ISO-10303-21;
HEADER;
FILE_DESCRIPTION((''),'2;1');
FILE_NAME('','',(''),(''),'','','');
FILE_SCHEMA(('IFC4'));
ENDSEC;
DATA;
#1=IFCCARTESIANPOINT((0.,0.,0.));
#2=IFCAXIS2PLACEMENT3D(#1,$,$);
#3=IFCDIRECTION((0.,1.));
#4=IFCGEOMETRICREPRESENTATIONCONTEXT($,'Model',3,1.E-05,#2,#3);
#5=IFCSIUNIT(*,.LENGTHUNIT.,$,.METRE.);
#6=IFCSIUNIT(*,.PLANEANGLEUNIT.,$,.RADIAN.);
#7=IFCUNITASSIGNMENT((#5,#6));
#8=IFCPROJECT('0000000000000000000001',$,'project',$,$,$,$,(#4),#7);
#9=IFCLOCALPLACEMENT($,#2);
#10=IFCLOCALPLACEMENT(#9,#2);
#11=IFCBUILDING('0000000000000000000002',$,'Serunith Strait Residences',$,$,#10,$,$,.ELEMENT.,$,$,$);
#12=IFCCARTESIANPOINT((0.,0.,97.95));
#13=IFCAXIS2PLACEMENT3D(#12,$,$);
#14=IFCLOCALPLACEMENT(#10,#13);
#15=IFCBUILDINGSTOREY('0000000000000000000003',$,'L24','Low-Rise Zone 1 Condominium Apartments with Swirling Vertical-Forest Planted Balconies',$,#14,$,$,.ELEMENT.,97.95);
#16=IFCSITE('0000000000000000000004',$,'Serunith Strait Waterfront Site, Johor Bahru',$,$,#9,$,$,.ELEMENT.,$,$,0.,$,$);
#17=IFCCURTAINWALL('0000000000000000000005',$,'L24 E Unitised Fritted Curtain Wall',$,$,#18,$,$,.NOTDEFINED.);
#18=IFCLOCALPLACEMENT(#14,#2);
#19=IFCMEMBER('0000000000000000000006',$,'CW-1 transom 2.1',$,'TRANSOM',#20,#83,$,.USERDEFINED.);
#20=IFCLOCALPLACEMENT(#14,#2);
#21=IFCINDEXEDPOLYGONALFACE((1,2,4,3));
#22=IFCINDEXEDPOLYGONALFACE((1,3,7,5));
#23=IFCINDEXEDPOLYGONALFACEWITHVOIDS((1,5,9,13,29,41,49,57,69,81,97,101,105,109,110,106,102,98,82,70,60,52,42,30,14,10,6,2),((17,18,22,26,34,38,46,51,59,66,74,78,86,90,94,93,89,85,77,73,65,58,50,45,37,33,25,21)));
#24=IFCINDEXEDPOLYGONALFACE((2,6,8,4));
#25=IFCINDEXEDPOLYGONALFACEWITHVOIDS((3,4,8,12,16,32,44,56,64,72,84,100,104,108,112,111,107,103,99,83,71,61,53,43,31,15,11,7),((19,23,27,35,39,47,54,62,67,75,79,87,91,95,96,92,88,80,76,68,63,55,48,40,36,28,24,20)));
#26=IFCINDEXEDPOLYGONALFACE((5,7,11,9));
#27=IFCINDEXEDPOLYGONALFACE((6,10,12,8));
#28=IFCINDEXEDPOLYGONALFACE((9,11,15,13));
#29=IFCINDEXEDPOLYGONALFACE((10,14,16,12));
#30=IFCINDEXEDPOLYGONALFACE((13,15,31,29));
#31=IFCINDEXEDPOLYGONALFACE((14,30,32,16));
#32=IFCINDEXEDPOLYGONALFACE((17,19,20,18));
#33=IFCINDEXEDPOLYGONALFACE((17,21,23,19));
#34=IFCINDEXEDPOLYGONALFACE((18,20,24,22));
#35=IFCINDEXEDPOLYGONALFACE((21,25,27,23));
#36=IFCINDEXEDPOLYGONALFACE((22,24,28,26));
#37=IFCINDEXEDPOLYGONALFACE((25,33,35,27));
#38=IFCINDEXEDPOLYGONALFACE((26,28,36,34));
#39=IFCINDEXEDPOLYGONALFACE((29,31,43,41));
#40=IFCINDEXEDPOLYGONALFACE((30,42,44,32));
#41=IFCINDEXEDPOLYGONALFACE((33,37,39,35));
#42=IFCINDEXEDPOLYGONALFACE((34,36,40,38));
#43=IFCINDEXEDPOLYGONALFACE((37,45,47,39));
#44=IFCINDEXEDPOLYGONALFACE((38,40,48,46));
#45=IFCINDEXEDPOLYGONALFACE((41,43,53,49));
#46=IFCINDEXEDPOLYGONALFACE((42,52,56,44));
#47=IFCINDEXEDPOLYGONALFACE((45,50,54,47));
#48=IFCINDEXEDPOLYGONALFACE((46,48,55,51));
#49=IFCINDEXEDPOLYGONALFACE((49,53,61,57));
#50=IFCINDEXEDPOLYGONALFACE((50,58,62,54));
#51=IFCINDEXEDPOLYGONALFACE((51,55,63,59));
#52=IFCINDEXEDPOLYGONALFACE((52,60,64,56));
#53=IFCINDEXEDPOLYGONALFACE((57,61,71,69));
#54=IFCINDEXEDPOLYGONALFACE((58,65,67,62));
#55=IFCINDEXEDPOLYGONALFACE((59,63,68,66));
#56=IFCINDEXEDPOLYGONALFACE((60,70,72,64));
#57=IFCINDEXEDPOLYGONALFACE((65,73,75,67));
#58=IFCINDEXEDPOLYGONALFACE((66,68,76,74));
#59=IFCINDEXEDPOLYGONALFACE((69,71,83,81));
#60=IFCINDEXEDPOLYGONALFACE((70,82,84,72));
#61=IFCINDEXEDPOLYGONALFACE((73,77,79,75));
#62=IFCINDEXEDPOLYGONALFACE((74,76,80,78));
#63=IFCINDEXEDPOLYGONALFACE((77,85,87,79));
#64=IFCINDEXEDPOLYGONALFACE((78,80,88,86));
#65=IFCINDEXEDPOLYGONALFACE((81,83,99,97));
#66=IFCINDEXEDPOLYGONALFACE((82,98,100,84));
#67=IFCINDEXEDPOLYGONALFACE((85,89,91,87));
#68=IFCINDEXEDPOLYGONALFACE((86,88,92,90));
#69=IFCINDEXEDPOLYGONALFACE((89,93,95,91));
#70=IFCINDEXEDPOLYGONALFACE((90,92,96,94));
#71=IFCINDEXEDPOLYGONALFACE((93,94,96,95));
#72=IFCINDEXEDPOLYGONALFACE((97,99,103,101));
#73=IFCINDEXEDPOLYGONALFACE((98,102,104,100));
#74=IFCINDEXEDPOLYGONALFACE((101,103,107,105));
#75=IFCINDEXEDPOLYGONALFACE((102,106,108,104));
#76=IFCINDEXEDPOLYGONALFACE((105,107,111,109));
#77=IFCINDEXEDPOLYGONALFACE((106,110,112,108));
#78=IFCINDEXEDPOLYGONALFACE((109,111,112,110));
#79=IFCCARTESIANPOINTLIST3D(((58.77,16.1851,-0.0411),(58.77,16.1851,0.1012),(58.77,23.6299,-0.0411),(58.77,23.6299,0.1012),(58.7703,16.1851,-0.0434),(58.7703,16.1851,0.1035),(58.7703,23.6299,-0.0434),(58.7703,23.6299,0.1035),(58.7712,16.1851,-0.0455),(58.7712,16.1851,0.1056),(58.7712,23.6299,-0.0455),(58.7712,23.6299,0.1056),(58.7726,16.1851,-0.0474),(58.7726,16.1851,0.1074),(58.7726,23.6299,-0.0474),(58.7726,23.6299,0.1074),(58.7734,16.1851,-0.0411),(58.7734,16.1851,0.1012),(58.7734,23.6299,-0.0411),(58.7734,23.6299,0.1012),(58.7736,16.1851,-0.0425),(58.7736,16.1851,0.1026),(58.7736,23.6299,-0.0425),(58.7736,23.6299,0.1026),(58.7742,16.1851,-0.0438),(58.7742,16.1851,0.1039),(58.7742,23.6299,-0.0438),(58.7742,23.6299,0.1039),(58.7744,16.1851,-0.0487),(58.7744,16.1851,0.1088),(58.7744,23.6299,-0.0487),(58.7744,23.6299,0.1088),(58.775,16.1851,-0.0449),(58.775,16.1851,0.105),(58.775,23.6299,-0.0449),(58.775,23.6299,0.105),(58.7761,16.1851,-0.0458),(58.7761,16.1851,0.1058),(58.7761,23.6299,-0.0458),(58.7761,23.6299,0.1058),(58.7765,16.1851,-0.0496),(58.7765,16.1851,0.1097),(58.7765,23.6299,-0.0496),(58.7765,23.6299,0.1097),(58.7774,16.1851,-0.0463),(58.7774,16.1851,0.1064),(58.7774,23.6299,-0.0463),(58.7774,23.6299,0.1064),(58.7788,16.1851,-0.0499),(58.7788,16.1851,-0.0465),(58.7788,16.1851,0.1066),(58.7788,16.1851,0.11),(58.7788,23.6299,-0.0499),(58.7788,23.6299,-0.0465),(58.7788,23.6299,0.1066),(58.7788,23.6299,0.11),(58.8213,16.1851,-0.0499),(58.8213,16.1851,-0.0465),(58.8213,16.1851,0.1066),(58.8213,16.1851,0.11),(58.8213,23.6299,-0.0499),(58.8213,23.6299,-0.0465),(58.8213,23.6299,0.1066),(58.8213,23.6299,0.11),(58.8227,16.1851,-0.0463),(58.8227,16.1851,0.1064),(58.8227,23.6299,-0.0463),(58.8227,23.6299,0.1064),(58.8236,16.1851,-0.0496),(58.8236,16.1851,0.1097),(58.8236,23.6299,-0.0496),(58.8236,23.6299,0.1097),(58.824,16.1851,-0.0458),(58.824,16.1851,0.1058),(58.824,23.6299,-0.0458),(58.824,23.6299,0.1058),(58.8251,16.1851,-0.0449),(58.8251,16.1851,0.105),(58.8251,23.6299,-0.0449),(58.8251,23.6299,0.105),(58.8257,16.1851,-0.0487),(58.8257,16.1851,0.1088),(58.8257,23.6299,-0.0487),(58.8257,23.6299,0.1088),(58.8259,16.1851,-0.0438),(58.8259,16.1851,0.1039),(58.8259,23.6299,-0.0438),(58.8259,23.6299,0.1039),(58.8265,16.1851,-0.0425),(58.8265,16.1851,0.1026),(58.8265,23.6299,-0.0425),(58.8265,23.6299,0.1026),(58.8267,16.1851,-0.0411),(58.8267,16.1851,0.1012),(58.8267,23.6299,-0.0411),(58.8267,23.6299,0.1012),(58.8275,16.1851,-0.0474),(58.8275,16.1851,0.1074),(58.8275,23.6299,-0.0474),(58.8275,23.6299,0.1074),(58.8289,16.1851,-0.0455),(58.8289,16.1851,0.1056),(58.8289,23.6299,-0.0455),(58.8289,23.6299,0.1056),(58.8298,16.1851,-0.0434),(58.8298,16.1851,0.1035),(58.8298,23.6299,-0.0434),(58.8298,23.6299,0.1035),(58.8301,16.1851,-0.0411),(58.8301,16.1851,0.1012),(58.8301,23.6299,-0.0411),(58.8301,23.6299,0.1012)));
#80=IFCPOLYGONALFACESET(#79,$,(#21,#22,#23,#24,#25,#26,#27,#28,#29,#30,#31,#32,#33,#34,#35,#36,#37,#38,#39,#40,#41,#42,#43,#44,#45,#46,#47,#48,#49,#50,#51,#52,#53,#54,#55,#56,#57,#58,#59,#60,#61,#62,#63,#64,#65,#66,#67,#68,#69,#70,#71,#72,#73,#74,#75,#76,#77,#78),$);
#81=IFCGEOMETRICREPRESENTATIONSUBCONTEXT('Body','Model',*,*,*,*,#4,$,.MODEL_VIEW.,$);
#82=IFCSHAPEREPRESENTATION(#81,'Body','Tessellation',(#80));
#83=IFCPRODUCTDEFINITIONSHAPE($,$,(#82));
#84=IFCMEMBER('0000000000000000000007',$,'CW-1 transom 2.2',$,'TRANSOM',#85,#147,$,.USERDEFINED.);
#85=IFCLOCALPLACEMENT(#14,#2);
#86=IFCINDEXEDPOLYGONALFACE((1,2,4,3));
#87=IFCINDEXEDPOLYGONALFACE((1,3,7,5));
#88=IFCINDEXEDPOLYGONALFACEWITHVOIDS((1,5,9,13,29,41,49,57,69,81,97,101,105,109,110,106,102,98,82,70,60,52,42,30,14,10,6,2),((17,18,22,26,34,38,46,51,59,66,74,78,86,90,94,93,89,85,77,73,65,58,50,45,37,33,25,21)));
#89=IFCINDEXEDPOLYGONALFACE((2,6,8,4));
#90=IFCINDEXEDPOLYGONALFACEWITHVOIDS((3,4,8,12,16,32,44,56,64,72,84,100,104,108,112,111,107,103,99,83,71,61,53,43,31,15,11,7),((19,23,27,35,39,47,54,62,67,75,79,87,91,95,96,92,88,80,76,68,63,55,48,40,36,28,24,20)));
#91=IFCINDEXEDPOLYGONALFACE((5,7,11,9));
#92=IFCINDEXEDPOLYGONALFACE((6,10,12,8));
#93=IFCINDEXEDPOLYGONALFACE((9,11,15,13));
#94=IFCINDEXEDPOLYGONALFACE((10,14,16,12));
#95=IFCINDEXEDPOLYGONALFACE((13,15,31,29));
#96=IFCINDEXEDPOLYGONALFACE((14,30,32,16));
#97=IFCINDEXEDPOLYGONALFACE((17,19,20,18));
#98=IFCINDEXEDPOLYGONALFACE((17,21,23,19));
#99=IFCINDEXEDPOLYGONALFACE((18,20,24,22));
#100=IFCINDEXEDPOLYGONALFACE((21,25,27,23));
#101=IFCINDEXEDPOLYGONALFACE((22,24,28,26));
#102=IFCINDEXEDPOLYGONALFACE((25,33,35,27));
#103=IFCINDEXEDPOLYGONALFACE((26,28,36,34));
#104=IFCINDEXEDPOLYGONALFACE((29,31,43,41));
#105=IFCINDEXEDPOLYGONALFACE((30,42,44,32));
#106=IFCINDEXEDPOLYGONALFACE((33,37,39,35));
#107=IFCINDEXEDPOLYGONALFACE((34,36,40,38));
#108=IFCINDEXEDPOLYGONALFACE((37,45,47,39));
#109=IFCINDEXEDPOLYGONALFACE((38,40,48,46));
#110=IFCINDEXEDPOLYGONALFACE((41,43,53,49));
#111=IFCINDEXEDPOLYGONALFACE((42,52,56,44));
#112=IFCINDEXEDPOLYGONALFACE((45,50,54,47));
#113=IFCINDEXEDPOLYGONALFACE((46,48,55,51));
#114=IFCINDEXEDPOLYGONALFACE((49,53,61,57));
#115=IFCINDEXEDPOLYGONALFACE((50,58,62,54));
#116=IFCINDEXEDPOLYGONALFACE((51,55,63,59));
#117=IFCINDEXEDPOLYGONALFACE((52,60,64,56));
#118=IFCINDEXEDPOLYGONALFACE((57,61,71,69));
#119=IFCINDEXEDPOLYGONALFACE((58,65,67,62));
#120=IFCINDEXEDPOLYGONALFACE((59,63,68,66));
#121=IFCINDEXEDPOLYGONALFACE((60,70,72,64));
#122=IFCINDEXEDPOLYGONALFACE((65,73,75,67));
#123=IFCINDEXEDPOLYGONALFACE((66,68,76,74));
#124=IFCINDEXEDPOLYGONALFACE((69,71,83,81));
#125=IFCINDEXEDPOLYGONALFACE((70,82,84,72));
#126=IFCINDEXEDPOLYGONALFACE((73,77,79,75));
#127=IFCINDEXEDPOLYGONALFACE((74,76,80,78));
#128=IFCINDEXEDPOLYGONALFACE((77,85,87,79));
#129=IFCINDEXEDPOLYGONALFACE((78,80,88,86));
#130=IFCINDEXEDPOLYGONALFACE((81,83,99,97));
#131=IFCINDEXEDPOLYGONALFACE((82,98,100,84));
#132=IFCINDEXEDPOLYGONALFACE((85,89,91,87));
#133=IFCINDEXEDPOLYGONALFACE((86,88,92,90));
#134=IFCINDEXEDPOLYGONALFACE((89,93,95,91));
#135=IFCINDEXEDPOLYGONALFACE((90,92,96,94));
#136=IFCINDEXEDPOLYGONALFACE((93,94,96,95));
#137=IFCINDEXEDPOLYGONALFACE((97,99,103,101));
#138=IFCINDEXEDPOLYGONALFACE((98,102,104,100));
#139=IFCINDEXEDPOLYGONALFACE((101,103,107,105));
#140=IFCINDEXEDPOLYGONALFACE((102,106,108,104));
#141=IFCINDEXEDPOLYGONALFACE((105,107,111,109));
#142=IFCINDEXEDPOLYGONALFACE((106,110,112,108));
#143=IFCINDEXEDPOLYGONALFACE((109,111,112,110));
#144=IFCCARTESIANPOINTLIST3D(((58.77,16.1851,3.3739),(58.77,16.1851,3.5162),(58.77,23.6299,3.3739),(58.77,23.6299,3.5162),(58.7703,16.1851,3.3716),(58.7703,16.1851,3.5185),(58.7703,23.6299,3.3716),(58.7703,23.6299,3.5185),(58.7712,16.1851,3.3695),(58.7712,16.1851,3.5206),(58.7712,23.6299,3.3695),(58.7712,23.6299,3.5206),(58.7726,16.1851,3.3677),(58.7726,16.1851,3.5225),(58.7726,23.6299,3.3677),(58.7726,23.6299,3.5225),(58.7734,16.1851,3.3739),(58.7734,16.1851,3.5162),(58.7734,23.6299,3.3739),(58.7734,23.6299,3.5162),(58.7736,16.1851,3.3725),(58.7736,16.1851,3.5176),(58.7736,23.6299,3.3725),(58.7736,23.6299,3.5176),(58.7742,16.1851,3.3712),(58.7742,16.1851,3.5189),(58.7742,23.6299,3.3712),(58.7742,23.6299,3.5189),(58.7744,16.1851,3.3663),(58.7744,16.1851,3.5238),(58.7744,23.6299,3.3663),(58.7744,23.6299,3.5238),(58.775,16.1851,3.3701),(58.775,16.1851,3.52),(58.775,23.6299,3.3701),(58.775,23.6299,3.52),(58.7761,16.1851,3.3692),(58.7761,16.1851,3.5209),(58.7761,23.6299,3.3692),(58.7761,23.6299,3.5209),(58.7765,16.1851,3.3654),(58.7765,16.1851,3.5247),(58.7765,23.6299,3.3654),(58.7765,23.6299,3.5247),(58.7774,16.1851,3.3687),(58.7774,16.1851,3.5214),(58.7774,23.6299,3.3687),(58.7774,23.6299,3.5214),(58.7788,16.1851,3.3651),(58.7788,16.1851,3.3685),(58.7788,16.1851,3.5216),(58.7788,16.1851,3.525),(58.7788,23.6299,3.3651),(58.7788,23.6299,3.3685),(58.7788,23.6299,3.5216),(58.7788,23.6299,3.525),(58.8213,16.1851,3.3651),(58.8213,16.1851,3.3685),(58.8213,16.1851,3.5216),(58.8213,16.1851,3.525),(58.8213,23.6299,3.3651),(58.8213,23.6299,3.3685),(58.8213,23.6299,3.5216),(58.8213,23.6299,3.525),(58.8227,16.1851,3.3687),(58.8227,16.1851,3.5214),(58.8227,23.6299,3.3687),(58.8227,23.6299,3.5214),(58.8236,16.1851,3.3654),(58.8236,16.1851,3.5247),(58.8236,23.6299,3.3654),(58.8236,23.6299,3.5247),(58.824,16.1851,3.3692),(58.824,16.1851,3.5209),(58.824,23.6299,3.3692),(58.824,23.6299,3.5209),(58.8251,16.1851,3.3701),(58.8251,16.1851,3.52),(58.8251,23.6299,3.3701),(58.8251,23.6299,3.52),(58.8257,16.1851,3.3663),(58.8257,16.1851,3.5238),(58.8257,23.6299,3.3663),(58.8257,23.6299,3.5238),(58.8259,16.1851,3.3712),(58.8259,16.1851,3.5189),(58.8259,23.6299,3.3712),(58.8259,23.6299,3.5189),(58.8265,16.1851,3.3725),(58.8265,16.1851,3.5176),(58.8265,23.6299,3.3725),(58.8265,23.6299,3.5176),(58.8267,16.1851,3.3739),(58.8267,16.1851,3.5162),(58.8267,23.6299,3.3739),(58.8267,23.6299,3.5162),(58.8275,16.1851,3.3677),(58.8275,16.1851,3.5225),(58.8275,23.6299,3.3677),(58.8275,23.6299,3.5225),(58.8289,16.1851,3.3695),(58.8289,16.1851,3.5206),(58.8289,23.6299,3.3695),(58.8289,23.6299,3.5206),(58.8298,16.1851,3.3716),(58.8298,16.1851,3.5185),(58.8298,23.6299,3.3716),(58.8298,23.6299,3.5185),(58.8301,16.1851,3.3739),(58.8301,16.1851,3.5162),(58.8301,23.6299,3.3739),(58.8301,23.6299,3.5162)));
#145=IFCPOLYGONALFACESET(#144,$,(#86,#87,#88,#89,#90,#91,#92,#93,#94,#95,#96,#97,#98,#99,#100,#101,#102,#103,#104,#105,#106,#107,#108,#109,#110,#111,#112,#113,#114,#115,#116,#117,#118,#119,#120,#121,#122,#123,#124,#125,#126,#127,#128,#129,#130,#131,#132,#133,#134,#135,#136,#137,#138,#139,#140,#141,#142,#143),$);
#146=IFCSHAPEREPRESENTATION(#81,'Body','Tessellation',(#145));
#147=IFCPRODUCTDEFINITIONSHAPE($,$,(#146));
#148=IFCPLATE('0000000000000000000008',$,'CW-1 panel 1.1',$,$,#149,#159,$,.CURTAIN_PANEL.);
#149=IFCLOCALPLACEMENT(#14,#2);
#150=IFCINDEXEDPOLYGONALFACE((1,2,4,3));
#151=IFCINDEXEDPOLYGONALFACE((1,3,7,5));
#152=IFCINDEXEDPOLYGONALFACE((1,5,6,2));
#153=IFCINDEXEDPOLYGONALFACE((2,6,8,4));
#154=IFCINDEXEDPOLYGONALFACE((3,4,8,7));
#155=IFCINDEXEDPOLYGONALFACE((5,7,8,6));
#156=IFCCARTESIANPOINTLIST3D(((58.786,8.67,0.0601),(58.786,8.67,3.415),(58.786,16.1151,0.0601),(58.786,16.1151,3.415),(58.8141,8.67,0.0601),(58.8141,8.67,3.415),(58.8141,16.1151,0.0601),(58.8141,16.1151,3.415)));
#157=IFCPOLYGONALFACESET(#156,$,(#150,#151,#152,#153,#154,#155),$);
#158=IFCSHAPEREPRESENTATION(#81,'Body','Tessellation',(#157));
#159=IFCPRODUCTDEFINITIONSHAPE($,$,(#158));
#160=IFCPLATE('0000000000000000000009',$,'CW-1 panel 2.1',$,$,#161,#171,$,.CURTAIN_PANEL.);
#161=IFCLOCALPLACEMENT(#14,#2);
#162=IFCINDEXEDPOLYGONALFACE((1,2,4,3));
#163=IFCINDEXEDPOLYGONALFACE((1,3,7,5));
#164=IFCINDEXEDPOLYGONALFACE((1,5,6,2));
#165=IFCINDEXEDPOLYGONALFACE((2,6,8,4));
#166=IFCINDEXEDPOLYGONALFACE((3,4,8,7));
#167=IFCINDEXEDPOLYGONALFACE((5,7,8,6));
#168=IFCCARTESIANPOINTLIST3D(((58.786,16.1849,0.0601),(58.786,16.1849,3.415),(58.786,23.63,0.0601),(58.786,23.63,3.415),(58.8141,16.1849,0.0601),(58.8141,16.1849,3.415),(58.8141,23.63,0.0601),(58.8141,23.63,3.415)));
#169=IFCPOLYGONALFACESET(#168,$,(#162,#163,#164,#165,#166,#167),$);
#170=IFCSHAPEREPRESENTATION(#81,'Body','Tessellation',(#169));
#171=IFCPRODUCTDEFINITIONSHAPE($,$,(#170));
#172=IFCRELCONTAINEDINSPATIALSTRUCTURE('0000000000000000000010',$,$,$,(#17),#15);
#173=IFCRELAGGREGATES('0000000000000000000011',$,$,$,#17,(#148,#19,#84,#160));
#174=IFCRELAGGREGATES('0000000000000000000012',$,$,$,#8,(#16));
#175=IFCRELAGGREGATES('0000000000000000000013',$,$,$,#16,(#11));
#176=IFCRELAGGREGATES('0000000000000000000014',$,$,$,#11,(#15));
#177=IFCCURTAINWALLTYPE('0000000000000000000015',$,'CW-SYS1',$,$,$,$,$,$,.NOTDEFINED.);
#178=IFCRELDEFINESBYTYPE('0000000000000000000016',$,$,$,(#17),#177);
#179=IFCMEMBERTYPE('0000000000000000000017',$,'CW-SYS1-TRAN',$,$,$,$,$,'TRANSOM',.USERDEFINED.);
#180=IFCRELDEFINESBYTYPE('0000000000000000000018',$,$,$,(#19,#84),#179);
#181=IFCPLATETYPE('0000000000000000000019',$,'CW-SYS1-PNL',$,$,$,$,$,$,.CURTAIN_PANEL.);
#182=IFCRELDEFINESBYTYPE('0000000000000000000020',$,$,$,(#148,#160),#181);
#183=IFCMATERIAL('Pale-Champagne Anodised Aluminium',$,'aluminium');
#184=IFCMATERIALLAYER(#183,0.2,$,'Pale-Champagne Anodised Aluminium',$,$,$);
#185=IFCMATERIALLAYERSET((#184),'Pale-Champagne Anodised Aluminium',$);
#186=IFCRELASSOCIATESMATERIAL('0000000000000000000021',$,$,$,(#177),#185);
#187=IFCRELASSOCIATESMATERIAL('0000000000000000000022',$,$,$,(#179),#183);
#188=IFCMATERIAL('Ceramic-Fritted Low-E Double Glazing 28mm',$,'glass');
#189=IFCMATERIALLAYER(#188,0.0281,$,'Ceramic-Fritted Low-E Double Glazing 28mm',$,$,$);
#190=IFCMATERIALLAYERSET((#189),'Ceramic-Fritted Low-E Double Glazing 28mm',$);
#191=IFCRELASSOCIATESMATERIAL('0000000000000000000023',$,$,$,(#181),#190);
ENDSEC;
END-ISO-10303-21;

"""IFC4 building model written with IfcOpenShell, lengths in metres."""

from ifc_helpers import new_model, si_unit, direction, frame, origin, origin_2d, place, context, subcontext, project, spatial, rectangle, hollow_rectangle, extrude, source, transform, mapped, material, layer, layer_set, material_profile, profile_set, type_object, element, aggregate, save


model = new_model("IFC4")

# Units and contexts
model_context = context("Model", 3, precision=1e-05, world=origin(), true_north=direction((0.0, 1.0)))
body_context = subcontext(model_context, "Body", "Model", "MODEL_VIEW")
ifc_project = project(units=[si_unit("LENGTHUNIT", "METRE"), si_unit("PLANEANGLEUNIT", "RADIAN")], contexts=[model_context])

# Site, building, storey
site_placement = place(None, origin())
site = spatial("IfcSite", under=ifc_project, at=site_placement, Name="Serunith Strait Waterfront Site, Johor Bahru", CompositionType="ELEMENT", RefElevation=0.0)
building_placement = place(site_placement, origin())
building = spatial("IfcBuilding", under=site, at=building_placement, Name="Serunith Strait Residences", CompositionType="ELEMENT")
storey_placement = place(building_placement, frame((0.0, 0.0, 97.95)))
storey = spatial("IfcBuildingStorey", under=building, at=storey_placement, Name="L24", Description="Low-Rise Zone 1 Condominium Apartments with Swirling Vertical-Forest Planted Balconies", CompositionType="ELEMENT", Elevation=97.95)

# Curtain wall, members, plates
ifc_material_1 = material(Name="Pale-Champagne Anodised Aluminium", Category="aluminium")
ifc_layer_1 = layer(ifc_material_1, 0.2, Name="Pale-Champagne Anodised Aluminium")
ifc_layer_set_1 = layer_set([ifc_layer_1], Name="Pale-Champagne Anodised Aluminium")
curtain_wall_type = type_object("IfcCurtainWallType", Name="CW-SYS1", PredefinedType="NOTDEFINED", material=ifc_layer_set_1)
curtain_wall_placement = place(storey_placement, origin())
curtain_wall = element("IfcCurtainWall", 1, at=curtain_wall_placement, inside=storey, type_object=curtain_wall_type, Name="L24 E Unitised Fritted Curtain Wall", PredefinedType="NOTDEFINED")
ifc_material_profile_1 = material_profile(ifc_material_1, hollow_rectangle(XDim=0.0601, YDim=0.1599, WallThickness=0.0034, InnerFilletRadius=0.0054, OuterFilletRadius=0.0088, at=origin_2d()), Name="ALU 160x60x3.5")
ifc_profile_set_1 = profile_set([ifc_material_profile_1], Name="Pale-Champagne Anodised Aluminium")
member_type_1 = type_object("IfcMemberType", Name="CW-SYS1-TRAN", ElementType="TRANSOM", PredefinedType="USERDEFINED", material=ifc_profile_set_1)
shared_shape_1 = source(origin(), body_context, "Body", "SweptSolid", [
    extrude(hollow_rectangle(XDim=0.0601, YDim=0.1599, WallThickness=0.0034, InnerFilletRadius=0.0054, OuterFilletRadius=0.0088, at=origin_2d()), origin(), (0.0, 0.0, 1.0), 7.4448),
])
member_1_placement = place(storey_placement, frame((58.8, 16.1851, 0.03), z_axis=(0.0, 1.0, 0.0), x_axis=(-1.0, 0.0, 0.0)))
member_1 = element("IfcMember", 2, at=member_1_placement, type_object=member_type_1, Name="CW-1 transom 2.1", ObjectType="TRANSOM", PredefinedType="USERDEFINED", context=body_context, shape_type="MappedRepresentation", body=[
    mapped(shared_shape_1, transform((0.0, 0.0, 0.0), scale=1.0)),
])
member_2_placement = place(storey_placement, frame((58.8, 16.1851, 3.4451), z_axis=(0.0, 1.0, 0.0), x_axis=(-1.0, 0.0, 0.0)))
member_2 = element("IfcMember", 3, at=member_2_placement, type_object=member_type_1, Name="CW-1 transom 2.2", ObjectType="TRANSOM", PredefinedType="USERDEFINED", context=body_context, shape_type="MappedRepresentation", body=[
    mapped(shared_shape_1, transform((0.0, 0.0, 0.0), scale=1.0)),
])
ifc_material_2 = material(Name="Ceramic-Fritted Low-E Double Glazing 28mm", Category="glass")
ifc_layer_2 = layer(ifc_material_2, 0.0281, Name="Ceramic-Fritted Low-E Double Glazing 28mm")
ifc_layer_set_2 = layer_set([ifc_layer_2], Name="Ceramic-Fritted Low-E Double Glazing 28mm")
plate_type = type_object("IfcPlateType", Name="CW-SYS1-PNL", PredefinedType="CURTAIN_PANEL", material=ifc_layer_set_2)
shared_shape_2 = source(origin(), body_context, "Body", "SweptSolid", [
    extrude(rectangle(XDim=7.4451, YDim=0.0281, at=origin_2d()), origin(), (0.0, 0.0, 1.0), 3.355),
])
plate_1_placement = place(storey_placement, frame((58.8, 12.3926, 0.0601), z_axis=(0.0, 0.0, 1.0), x_axis=(0.0, 1.0, 0.0)))
plate_1 = element("IfcPlate", 4, at=plate_1_placement, type_object=plate_type, Name="CW-1 panel 1.1", PredefinedType="CURTAIN_PANEL", context=body_context, shape_type="MappedRepresentation", body=[
    mapped(shared_shape_2, transform((0.0, 0.0, 0.0), scale=1.0)),
])
plate_2_placement = place(storey_placement, frame((58.8, 19.9075, 0.0601), z_axis=(0.0, 0.0, 1.0), x_axis=(0.0, 1.0, 0.0)))
plate_2 = element("IfcPlate", 5, at=plate_2_placement, type_object=plate_type, Name="CW-1 panel 2.1", PredefinedType="CURTAIN_PANEL", context=body_context, shape_type="MappedRepresentation", body=[
    mapped(shared_shape_2, transform((0.0, 0.0, 0.0), scale=1.0)),
])
aggregate(curtain_wall, [plate_1, member_1, member_2, plate_2])

save(model, "model.ifc")
